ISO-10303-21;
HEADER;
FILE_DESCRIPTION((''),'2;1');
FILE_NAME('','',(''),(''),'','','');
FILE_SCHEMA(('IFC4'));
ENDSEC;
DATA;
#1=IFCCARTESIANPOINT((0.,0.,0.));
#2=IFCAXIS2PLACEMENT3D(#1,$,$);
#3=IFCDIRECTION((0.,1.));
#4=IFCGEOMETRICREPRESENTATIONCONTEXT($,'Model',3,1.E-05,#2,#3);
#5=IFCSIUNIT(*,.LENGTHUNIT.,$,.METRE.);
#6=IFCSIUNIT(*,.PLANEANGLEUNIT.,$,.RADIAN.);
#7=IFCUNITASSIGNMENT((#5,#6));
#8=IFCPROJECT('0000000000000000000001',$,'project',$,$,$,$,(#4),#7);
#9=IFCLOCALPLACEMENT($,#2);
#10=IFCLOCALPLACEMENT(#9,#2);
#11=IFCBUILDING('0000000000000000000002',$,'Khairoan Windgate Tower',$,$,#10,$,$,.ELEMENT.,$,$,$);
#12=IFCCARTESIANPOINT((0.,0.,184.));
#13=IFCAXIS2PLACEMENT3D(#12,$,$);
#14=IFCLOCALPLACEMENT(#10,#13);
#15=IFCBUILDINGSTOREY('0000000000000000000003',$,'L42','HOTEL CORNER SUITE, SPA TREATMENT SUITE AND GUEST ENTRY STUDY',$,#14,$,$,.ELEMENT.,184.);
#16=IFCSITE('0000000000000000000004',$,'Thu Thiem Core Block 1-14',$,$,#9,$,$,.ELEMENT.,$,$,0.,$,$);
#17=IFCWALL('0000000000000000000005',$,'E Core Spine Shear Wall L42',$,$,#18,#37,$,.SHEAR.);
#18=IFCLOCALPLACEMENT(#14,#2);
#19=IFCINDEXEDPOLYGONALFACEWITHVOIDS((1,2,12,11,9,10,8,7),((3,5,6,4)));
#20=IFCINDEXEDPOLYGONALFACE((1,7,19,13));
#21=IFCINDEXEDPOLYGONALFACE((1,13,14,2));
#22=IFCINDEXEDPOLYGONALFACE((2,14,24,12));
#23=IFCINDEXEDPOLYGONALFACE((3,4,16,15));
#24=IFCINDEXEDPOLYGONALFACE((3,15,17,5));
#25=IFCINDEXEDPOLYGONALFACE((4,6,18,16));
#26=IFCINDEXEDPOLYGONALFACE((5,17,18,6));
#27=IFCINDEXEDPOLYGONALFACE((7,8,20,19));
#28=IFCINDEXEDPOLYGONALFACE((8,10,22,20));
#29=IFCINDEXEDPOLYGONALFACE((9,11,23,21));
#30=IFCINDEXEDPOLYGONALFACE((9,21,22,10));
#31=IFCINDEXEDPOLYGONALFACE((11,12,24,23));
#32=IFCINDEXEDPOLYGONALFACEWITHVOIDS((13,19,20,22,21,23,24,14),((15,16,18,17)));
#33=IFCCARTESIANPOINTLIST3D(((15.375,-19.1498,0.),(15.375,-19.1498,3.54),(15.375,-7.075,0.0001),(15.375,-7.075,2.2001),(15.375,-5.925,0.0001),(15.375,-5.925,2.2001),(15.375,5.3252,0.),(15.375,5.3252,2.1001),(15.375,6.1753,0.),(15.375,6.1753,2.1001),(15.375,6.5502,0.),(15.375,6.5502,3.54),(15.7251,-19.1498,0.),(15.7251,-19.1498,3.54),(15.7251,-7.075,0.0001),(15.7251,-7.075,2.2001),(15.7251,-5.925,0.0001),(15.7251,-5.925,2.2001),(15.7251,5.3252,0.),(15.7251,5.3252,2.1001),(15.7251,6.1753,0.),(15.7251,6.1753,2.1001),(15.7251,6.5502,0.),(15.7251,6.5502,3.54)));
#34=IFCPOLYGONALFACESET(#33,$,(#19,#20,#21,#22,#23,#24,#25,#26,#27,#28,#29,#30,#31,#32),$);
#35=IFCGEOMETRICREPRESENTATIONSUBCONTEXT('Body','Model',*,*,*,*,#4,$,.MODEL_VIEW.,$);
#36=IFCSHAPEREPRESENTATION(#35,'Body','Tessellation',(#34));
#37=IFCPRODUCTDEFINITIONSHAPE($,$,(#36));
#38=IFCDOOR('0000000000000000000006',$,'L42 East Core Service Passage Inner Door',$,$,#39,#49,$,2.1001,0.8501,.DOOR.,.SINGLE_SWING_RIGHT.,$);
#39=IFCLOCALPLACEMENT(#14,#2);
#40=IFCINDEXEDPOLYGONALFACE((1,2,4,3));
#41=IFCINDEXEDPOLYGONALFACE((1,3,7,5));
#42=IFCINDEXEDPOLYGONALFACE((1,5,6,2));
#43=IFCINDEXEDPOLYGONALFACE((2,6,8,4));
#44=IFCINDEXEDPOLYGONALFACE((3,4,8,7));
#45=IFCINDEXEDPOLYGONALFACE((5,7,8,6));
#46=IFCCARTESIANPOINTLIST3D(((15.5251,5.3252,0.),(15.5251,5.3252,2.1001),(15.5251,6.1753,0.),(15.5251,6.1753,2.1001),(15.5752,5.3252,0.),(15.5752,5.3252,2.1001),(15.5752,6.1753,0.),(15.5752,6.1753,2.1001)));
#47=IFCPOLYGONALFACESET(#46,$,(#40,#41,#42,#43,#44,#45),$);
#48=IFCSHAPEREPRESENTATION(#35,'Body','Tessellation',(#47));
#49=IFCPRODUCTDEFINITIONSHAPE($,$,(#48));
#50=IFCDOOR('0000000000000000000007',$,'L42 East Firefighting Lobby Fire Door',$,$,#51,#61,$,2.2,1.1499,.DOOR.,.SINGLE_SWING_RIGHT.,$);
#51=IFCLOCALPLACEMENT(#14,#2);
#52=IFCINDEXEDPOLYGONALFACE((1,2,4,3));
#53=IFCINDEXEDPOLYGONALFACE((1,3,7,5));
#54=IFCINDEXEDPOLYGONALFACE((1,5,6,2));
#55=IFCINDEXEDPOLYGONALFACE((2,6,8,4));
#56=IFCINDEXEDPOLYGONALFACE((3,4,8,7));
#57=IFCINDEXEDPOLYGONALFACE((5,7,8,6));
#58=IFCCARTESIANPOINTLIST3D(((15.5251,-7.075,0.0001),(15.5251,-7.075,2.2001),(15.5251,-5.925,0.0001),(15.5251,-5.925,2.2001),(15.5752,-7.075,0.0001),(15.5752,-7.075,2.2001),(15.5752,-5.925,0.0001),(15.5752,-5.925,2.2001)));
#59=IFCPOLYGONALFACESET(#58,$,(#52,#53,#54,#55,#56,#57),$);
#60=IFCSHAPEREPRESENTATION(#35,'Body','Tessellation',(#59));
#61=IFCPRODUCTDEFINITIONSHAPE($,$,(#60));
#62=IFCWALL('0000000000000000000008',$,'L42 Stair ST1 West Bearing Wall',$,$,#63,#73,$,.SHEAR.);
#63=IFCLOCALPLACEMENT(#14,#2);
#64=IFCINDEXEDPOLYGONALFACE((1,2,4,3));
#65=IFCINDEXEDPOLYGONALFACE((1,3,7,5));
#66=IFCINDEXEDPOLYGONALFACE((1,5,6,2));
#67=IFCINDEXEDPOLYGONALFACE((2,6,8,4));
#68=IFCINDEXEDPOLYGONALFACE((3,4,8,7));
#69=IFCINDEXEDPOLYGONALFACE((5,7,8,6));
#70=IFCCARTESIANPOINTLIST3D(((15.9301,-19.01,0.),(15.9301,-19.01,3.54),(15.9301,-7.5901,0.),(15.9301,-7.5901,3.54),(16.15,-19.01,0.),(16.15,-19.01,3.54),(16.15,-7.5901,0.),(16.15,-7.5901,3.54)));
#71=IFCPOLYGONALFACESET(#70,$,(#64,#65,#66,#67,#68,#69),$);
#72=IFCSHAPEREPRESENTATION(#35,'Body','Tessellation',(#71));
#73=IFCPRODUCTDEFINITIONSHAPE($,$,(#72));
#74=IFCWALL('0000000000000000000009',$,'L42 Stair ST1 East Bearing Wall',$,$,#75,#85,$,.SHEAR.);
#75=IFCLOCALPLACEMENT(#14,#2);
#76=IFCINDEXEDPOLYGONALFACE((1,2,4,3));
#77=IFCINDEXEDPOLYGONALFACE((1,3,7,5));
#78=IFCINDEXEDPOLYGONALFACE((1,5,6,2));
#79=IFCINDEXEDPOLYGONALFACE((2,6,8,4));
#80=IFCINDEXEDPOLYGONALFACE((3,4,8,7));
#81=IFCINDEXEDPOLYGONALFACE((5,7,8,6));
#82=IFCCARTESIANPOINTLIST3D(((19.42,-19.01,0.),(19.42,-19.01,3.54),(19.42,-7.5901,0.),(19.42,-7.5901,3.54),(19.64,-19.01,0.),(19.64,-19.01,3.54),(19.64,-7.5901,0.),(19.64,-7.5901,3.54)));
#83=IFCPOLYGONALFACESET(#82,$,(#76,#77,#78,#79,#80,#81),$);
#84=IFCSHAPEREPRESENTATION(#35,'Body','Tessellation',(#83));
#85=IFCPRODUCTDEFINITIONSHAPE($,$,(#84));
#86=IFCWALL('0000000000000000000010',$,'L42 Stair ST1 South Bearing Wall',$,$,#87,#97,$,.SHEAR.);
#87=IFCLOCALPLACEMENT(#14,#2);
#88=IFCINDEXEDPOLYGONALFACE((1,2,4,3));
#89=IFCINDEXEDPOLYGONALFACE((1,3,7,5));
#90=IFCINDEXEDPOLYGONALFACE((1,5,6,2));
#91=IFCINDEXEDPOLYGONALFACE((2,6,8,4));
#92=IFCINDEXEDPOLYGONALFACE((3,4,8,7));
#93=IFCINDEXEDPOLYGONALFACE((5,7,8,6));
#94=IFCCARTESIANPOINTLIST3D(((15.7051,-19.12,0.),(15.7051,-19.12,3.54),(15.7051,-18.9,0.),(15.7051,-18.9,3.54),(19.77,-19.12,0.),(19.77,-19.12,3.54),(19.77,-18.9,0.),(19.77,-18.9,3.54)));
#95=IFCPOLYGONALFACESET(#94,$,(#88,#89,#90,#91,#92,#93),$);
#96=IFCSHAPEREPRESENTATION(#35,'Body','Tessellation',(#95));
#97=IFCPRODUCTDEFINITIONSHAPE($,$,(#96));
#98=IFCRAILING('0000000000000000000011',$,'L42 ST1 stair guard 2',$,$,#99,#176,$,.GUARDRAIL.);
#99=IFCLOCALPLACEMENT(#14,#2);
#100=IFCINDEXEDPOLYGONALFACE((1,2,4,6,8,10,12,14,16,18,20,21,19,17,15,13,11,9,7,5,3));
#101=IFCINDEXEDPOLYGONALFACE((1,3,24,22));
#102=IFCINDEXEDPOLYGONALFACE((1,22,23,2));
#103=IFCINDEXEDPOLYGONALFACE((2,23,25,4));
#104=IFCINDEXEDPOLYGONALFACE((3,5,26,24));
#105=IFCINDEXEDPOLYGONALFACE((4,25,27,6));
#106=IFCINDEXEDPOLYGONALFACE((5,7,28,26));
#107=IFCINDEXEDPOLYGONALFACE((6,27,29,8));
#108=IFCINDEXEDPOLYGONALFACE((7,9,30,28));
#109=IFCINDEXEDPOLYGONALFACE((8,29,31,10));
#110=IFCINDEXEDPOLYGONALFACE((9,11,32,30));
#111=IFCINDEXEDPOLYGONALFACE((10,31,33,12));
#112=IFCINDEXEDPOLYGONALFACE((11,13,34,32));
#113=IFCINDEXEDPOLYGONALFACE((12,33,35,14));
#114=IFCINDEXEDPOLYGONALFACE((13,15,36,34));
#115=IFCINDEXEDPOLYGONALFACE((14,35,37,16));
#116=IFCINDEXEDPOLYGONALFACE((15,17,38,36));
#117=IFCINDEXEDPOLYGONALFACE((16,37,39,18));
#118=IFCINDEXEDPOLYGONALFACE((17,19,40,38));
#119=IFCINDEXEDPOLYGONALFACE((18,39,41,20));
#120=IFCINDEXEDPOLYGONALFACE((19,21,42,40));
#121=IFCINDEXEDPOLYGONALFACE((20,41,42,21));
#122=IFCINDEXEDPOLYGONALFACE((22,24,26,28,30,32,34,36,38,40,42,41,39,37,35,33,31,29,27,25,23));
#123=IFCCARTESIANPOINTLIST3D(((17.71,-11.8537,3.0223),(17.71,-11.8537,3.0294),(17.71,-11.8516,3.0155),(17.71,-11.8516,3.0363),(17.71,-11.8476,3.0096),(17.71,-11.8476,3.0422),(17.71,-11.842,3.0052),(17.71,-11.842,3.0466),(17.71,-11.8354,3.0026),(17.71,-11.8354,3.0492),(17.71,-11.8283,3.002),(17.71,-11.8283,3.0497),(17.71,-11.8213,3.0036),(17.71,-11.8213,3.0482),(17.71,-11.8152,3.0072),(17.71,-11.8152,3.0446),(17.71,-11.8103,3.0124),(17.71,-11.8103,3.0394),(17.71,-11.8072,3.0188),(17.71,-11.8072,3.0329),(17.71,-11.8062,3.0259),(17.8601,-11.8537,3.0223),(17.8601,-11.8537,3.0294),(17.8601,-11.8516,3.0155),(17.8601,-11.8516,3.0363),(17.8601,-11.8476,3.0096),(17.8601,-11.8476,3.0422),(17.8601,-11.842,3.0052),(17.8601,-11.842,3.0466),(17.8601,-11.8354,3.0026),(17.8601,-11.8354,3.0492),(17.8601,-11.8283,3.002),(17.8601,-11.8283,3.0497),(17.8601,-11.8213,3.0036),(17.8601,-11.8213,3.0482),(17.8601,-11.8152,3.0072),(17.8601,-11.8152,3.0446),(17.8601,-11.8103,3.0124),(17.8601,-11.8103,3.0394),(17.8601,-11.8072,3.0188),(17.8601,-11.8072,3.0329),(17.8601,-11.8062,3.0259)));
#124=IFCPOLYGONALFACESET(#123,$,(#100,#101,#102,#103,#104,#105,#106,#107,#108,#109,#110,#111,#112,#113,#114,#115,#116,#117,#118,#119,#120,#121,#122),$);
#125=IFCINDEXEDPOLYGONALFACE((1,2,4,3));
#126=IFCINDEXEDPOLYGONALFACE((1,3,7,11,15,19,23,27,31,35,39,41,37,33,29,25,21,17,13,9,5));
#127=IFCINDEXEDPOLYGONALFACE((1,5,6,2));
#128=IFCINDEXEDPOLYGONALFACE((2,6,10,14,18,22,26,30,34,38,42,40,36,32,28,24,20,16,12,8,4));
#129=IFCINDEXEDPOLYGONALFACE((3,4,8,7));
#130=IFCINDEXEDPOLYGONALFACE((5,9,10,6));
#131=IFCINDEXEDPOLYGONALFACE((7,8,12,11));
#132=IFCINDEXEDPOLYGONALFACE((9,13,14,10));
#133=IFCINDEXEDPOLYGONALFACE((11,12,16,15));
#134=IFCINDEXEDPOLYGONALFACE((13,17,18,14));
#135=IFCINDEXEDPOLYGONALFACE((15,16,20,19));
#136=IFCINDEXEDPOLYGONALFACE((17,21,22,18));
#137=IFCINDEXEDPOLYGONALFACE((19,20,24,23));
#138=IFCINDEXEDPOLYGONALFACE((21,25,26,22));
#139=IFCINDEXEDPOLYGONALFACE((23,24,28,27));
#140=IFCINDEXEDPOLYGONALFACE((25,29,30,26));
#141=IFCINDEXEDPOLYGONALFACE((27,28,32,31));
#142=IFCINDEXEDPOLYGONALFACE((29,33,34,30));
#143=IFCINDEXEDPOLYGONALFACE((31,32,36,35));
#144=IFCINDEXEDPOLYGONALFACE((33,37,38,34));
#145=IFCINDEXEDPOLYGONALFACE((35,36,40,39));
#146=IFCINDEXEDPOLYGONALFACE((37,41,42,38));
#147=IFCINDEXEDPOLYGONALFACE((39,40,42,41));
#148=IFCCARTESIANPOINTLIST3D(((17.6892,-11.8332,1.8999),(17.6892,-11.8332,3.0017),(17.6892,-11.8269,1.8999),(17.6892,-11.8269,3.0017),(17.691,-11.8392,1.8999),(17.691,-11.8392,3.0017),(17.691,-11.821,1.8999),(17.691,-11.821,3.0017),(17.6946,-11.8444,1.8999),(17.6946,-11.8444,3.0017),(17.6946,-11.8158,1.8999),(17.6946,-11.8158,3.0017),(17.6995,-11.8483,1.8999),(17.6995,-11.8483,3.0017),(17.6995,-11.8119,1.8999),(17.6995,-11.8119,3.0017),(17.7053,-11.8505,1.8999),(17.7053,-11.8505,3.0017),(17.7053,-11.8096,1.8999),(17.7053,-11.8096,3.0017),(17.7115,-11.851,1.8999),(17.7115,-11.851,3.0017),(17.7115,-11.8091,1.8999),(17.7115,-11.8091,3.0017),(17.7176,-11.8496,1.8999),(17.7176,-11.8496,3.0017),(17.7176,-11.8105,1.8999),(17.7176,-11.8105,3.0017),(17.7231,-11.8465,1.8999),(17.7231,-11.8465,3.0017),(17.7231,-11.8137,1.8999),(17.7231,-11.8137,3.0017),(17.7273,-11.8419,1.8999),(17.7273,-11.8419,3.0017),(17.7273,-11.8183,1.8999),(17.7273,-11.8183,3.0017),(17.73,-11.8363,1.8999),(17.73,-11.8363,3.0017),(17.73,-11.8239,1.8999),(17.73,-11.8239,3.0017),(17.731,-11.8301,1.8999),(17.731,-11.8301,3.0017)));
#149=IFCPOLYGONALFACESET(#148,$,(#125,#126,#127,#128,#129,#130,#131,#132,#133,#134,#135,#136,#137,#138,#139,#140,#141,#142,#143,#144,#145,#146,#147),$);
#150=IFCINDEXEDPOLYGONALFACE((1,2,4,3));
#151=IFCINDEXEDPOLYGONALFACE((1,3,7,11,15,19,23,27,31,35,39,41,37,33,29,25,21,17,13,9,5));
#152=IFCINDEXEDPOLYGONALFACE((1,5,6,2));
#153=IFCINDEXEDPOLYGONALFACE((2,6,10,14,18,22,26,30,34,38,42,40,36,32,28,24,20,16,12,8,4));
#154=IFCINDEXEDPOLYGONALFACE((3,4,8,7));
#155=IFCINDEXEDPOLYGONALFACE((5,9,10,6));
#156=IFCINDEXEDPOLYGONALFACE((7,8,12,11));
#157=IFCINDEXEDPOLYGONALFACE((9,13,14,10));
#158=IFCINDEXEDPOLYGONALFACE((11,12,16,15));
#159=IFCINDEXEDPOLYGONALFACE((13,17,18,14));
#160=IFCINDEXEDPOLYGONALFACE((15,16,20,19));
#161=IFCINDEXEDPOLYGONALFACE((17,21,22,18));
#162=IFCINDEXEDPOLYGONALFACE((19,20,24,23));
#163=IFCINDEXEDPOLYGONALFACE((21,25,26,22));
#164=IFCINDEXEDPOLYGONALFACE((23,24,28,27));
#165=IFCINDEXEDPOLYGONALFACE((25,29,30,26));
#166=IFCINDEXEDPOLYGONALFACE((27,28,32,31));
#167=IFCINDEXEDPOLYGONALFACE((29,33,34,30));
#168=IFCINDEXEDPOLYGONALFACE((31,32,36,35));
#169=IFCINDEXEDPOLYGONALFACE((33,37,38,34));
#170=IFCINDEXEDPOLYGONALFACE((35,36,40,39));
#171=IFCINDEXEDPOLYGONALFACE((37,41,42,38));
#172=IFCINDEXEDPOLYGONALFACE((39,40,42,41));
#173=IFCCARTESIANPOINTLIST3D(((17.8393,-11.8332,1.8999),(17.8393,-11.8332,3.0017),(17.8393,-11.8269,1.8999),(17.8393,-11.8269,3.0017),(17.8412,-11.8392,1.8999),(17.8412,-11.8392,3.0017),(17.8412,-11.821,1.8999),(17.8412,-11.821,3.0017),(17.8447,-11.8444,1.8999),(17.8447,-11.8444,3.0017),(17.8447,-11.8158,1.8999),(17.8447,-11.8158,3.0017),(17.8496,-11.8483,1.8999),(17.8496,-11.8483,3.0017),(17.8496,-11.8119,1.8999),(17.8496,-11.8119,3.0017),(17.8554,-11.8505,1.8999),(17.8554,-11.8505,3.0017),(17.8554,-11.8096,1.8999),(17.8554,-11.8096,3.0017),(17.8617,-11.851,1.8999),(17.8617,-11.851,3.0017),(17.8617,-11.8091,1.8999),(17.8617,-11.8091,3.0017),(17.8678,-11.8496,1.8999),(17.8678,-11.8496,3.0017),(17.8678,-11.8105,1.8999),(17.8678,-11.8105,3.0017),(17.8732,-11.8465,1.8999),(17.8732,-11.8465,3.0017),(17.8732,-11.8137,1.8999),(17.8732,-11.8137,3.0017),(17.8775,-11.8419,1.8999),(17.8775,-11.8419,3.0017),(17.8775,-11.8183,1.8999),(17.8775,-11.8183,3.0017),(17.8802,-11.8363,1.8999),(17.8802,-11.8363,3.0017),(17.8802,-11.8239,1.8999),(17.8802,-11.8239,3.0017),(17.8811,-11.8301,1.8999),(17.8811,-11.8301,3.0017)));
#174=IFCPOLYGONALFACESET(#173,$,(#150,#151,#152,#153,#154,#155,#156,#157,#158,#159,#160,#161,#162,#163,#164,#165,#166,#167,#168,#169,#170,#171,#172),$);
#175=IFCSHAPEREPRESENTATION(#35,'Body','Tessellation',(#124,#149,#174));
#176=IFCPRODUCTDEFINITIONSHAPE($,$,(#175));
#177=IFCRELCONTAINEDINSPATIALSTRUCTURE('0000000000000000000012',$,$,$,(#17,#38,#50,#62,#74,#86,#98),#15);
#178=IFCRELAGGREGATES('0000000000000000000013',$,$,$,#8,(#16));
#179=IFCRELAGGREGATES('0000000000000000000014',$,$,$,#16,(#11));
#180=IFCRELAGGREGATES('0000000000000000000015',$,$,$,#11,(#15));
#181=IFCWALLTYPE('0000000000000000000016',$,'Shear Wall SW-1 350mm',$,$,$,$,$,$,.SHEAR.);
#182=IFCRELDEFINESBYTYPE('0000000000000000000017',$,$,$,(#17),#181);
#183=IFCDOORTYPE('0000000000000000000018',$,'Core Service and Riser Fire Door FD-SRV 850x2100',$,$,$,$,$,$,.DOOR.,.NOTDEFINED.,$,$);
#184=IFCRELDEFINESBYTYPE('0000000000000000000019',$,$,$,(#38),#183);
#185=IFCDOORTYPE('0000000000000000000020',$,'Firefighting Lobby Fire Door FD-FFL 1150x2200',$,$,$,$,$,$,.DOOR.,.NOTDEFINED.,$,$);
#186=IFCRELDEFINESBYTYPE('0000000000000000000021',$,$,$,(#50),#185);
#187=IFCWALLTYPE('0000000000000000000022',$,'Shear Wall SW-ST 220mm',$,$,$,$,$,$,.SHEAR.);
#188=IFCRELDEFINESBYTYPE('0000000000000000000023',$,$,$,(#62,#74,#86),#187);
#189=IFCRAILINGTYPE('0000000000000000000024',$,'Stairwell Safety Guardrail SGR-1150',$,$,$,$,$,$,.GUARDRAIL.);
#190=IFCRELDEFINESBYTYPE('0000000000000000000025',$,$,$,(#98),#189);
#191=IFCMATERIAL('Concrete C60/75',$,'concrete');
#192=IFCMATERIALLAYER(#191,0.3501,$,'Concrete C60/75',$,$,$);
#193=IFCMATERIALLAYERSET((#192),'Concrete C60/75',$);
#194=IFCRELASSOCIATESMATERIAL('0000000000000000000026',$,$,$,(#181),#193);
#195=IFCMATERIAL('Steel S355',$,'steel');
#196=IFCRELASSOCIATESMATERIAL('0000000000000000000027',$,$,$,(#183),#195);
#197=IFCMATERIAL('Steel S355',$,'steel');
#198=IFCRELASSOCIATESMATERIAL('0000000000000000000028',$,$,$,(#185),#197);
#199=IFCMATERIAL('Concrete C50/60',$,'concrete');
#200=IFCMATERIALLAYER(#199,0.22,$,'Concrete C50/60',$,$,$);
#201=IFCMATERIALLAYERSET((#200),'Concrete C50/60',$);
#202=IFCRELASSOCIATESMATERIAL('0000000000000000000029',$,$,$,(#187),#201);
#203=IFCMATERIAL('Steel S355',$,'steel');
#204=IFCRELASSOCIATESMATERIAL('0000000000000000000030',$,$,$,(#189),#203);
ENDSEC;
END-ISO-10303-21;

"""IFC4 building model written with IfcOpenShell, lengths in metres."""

from ifc_helpers import new_model, si_unit, direction, frame, frame_2d, origin, origin_2d, place, context, subcontext, project, spatial, rectangle, circle, extrude, material, layer, layer_set, type_object, element, fill, save


model = new_model("IFC4")

# Units and contexts
model_context = context("Model", 3, precision=1e-05, world=origin(), true_north=direction((0.0, 1.0)))
body_context = subcontext(model_context, "Body", "Model", "MODEL_VIEW")
ifc_project = project(units=[si_unit("LENGTHUNIT", "METRE"), si_unit("PLANEANGLEUNIT", "RADIAN")], contexts=[model_context])

# Site, building, storey
site_placement = place(None, origin())
site = spatial("IfcSite", under=ifc_project, at=site_placement, Name="Thu Thiem Core Block 1-14", CompositionType="ELEMENT", RefElevation=0.0)
building_placement = place(site_placement, origin())
building = spatial("IfcBuilding", under=site, at=building_placement, Name="Khairoan Windgate Tower", CompositionType="ELEMENT")
storey_placement = place(building_placement, frame((0.0, 0.0, 184.0)))
storey = spatial("IfcBuildingStorey", under=building, at=storey_placement, Name="L42", Description="HOTEL CORNER SUITE, SPA TREATMENT SUITE AND GUEST ENTRY STUDY", CompositionType="ELEMENT", Elevation=184.0)

# Wall, openings, doors
ifc_material_1 = material(Name="Concrete C60/75", Category="concrete")
ifc_layer_1 = layer(ifc_material_1, 0.3501, Name="Concrete C60/75")
ifc_layer_set_1 = layer_set([ifc_layer_1], Name="Concrete C60/75")
wall_type_1 = type_object("IfcWallType", Name="Shear Wall SW-1 350mm", PredefinedType="SHEAR", material=ifc_layer_set_1)
wall_1_placement = place(storey_placement, frame((15.55, -19.1499, 0.0), z_axis=(0.0, 0.0, 1.0), x_axis=(0.0, 1.0, 0.0)))
wall_1 = element("IfcWall", 1, at=wall_1_placement, inside=storey, type_object=wall_type_1, Name="E Core Spine Shear Wall L42", PredefinedType="SHEAR", context=body_context, shape_type="SweptSolid", body=[
    extrude(rectangle(XDim=25.7, YDim=0.3501, at=frame_2d((12.8501, 0.0))), origin(), (0.0, 0.0, 1.0), 3.54),
])
opening_1_placement = place(wall_1_placement, frame((12.075, 0.0, 0.0)))
opening_1 = element("IfcOpeningElement", 2, at=opening_1_placement, cuts=wall_1, PredefinedType="OPENING", context=body_context, shape_type="SweptSolid", body=[
    extrude(rectangle(XDim=1.1499, YDim=2.2, at=frame_2d((0.575, 1.1001))), frame((0.0, 0.1851, 0.0), z_axis=(0.0, -1.0, 0.0), x_axis=(1.0, 0.0, 0.0)), (0.0, 0.0, 1.0), 0.3701),
])
opening_2_placement = place(wall_1_placement, frame((24.4751, 0.0, 0.0)))
opening_2 = element("IfcOpeningElement", 3, at=opening_2_placement, cuts=wall_1, PredefinedType="OPENING", context=body_context, shape_type="SweptSolid", body=[
    extrude(rectangle(XDim=0.8501, YDim=2.1001, at=frame_2d((0.425, 1.05))), frame((0.0, 0.1851, 0.0), z_axis=(0.0, -1.0, 0.0), x_axis=(1.0, 0.0, 0.0)), (0.0, 0.0, 1.0), 0.3701),
])
ifc_material_2 = material(Name="Steel S355", Category="steel")
door_type_1 = type_object("IfcDoorType", Name="Core Service and Riser Fire Door FD-SRV 850x2100", OperationType="NOTDEFINED", PredefinedType="DOOR", material=ifc_material_2)
door_1_placement = place(opening_2_placement, origin())
door_1 = element("IfcDoor", 4, at=door_1_placement, inside=storey, type_object=door_type_1, Name="L42 East Core Service Passage Inner Door", OperationType="SINGLE_SWING_RIGHT", OverallHeight=2.1001, OverallWidth=0.8501, PredefinedType="DOOR", context=body_context, shape_type="SweptSolid", body=[
    extrude(rectangle(XDim=0.8501, YDim=2.1001, at=frame_2d((0.425, 1.05))), frame((0.0, 0.0249, 0.0), z_axis=(0.0, -1.0, 0.0), x_axis=(1.0, 0.0, 0.0)), (0.0, 0.0, 1.0), 0.05),
])
fill(opening_2, door_1)
ifc_material_3 = material(Name="Steel S355", Category="steel")
door_type_2 = type_object("IfcDoorType", Name="Firefighting Lobby Fire Door FD-FFL 1150x2200", OperationType="NOTDEFINED", PredefinedType="DOOR", material=ifc_material_3)
door_2_placement = place(opening_1_placement, origin())
door_2 = element("IfcDoor", 5, at=door_2_placement, inside=storey, type_object=door_type_2, Name="L42 East Firefighting Lobby Fire Door", OperationType="SINGLE_SWING_RIGHT", OverallHeight=2.2, OverallWidth=1.1499, PredefinedType="DOOR", context=body_context, shape_type="SweptSolid", body=[
    extrude(rectangle(XDim=1.1499, YDim=2.2, at=frame_2d((0.575, 1.1001))), frame((0.0, 0.0249, 0.0), z_axis=(0.0, -1.0, 0.0), x_axis=(1.0, 0.0, 0.0)), (0.0, 0.0, 1.0), 0.05),
])
fill(opening_1, door_2)

# Walls
ifc_material_4 = material(Name="Concrete C50/60", Category="concrete")
ifc_layer_2 = layer(ifc_material_4, 0.22, Name="Concrete C50/60")
ifc_layer_set_2 = layer_set([ifc_layer_2], Name="Concrete C50/60")
wall_type_2 = type_object("IfcWallType", Name="Shear Wall SW-ST 220mm", PredefinedType="SHEAR", material=ifc_layer_set_2)
for number, where, z_axis, x_axis, name in (
    (6, (16.04, -19.01, 0.0), (0.0, 0.0, 1.0), (0.0, 1.0, 0.0), "L42 Stair ST1 West Bearing Wall"),
    (7, (19.53, -19.01, 0.0), (0.0, 0.0, 1.0), (0.0, 1.0, 0.0), "L42 Stair ST1 East Bearing Wall"),
):
    element("IfcWall", number, at=place(storey_placement, frame(where, z_axis=z_axis, x_axis=x_axis)), inside=storey, type_object=wall_type_2, Name=name, PredefinedType="SHEAR", context=body_context, shape_type="SweptSolid", body=[
        extrude(rectangle(XDim=11.4199, YDim=0.22, at=frame_2d((5.71, 0.0))), origin(), (0.0, 0.0, 1.0), 3.54),
    ])
wall_2_placement = place(storey_placement, frame((15.7051, -19.01, 0.0), z_axis=(0.0, 0.0, 1.0), x_axis=(1.0, 0.0, 0.0)))
element("IfcWall", 8, at=wall_2_placement, inside=storey, type_object=wall_type_2, Name="L42 Stair ST1 South Bearing Wall", PredefinedType="SHEAR", context=body_context, shape_type="SweptSolid", body=[
    extrude(rectangle(XDim=4.0649, YDim=0.22, at=frame_2d((2.0325, 0.0))), origin(), (0.0, 0.0, 1.0), 3.54),
])

# Railing
ifc_material_5 = material(Name="Steel S355", Category="steel")
railing_type = type_object("IfcRailingType", Name="Stairwell Safety Guardrail SGR-1150", PredefinedType="GUARDRAIL", material=ifc_material_5)
railing_1_placement = place(storey_placement, frame((17.71, -11.8301, 1.8999)))
element("IfcRailing", 9, at=railing_1_placement, inside=storey, type_object=railing_type, Name="L42 ST1 stair guard 2", PredefinedType="GUARDRAIL", context=body_context, shape_type="SweptSolid", body=[
    extrude(circle(Radius=0.0239, at=origin_2d()), frame((0.0, 0.0, 1.126), z_axis=(1.0, 0.0, 0.0), x_axis=(0.0, 1.0, 0.0)), (0.0, 0.0, 1.0), 0.1501),
    extrude(circle(Radius=0.021, at=origin_2d()), origin(), (0.0, 0.0, 1.0), 1.1018),
    extrude(circle(Radius=0.021, at=origin_2d()), frame((0.1501, 0.0, 0.0)), (0.0, 0.0, 1.0), 1.1018),
])

save(model, "model.ifc")
